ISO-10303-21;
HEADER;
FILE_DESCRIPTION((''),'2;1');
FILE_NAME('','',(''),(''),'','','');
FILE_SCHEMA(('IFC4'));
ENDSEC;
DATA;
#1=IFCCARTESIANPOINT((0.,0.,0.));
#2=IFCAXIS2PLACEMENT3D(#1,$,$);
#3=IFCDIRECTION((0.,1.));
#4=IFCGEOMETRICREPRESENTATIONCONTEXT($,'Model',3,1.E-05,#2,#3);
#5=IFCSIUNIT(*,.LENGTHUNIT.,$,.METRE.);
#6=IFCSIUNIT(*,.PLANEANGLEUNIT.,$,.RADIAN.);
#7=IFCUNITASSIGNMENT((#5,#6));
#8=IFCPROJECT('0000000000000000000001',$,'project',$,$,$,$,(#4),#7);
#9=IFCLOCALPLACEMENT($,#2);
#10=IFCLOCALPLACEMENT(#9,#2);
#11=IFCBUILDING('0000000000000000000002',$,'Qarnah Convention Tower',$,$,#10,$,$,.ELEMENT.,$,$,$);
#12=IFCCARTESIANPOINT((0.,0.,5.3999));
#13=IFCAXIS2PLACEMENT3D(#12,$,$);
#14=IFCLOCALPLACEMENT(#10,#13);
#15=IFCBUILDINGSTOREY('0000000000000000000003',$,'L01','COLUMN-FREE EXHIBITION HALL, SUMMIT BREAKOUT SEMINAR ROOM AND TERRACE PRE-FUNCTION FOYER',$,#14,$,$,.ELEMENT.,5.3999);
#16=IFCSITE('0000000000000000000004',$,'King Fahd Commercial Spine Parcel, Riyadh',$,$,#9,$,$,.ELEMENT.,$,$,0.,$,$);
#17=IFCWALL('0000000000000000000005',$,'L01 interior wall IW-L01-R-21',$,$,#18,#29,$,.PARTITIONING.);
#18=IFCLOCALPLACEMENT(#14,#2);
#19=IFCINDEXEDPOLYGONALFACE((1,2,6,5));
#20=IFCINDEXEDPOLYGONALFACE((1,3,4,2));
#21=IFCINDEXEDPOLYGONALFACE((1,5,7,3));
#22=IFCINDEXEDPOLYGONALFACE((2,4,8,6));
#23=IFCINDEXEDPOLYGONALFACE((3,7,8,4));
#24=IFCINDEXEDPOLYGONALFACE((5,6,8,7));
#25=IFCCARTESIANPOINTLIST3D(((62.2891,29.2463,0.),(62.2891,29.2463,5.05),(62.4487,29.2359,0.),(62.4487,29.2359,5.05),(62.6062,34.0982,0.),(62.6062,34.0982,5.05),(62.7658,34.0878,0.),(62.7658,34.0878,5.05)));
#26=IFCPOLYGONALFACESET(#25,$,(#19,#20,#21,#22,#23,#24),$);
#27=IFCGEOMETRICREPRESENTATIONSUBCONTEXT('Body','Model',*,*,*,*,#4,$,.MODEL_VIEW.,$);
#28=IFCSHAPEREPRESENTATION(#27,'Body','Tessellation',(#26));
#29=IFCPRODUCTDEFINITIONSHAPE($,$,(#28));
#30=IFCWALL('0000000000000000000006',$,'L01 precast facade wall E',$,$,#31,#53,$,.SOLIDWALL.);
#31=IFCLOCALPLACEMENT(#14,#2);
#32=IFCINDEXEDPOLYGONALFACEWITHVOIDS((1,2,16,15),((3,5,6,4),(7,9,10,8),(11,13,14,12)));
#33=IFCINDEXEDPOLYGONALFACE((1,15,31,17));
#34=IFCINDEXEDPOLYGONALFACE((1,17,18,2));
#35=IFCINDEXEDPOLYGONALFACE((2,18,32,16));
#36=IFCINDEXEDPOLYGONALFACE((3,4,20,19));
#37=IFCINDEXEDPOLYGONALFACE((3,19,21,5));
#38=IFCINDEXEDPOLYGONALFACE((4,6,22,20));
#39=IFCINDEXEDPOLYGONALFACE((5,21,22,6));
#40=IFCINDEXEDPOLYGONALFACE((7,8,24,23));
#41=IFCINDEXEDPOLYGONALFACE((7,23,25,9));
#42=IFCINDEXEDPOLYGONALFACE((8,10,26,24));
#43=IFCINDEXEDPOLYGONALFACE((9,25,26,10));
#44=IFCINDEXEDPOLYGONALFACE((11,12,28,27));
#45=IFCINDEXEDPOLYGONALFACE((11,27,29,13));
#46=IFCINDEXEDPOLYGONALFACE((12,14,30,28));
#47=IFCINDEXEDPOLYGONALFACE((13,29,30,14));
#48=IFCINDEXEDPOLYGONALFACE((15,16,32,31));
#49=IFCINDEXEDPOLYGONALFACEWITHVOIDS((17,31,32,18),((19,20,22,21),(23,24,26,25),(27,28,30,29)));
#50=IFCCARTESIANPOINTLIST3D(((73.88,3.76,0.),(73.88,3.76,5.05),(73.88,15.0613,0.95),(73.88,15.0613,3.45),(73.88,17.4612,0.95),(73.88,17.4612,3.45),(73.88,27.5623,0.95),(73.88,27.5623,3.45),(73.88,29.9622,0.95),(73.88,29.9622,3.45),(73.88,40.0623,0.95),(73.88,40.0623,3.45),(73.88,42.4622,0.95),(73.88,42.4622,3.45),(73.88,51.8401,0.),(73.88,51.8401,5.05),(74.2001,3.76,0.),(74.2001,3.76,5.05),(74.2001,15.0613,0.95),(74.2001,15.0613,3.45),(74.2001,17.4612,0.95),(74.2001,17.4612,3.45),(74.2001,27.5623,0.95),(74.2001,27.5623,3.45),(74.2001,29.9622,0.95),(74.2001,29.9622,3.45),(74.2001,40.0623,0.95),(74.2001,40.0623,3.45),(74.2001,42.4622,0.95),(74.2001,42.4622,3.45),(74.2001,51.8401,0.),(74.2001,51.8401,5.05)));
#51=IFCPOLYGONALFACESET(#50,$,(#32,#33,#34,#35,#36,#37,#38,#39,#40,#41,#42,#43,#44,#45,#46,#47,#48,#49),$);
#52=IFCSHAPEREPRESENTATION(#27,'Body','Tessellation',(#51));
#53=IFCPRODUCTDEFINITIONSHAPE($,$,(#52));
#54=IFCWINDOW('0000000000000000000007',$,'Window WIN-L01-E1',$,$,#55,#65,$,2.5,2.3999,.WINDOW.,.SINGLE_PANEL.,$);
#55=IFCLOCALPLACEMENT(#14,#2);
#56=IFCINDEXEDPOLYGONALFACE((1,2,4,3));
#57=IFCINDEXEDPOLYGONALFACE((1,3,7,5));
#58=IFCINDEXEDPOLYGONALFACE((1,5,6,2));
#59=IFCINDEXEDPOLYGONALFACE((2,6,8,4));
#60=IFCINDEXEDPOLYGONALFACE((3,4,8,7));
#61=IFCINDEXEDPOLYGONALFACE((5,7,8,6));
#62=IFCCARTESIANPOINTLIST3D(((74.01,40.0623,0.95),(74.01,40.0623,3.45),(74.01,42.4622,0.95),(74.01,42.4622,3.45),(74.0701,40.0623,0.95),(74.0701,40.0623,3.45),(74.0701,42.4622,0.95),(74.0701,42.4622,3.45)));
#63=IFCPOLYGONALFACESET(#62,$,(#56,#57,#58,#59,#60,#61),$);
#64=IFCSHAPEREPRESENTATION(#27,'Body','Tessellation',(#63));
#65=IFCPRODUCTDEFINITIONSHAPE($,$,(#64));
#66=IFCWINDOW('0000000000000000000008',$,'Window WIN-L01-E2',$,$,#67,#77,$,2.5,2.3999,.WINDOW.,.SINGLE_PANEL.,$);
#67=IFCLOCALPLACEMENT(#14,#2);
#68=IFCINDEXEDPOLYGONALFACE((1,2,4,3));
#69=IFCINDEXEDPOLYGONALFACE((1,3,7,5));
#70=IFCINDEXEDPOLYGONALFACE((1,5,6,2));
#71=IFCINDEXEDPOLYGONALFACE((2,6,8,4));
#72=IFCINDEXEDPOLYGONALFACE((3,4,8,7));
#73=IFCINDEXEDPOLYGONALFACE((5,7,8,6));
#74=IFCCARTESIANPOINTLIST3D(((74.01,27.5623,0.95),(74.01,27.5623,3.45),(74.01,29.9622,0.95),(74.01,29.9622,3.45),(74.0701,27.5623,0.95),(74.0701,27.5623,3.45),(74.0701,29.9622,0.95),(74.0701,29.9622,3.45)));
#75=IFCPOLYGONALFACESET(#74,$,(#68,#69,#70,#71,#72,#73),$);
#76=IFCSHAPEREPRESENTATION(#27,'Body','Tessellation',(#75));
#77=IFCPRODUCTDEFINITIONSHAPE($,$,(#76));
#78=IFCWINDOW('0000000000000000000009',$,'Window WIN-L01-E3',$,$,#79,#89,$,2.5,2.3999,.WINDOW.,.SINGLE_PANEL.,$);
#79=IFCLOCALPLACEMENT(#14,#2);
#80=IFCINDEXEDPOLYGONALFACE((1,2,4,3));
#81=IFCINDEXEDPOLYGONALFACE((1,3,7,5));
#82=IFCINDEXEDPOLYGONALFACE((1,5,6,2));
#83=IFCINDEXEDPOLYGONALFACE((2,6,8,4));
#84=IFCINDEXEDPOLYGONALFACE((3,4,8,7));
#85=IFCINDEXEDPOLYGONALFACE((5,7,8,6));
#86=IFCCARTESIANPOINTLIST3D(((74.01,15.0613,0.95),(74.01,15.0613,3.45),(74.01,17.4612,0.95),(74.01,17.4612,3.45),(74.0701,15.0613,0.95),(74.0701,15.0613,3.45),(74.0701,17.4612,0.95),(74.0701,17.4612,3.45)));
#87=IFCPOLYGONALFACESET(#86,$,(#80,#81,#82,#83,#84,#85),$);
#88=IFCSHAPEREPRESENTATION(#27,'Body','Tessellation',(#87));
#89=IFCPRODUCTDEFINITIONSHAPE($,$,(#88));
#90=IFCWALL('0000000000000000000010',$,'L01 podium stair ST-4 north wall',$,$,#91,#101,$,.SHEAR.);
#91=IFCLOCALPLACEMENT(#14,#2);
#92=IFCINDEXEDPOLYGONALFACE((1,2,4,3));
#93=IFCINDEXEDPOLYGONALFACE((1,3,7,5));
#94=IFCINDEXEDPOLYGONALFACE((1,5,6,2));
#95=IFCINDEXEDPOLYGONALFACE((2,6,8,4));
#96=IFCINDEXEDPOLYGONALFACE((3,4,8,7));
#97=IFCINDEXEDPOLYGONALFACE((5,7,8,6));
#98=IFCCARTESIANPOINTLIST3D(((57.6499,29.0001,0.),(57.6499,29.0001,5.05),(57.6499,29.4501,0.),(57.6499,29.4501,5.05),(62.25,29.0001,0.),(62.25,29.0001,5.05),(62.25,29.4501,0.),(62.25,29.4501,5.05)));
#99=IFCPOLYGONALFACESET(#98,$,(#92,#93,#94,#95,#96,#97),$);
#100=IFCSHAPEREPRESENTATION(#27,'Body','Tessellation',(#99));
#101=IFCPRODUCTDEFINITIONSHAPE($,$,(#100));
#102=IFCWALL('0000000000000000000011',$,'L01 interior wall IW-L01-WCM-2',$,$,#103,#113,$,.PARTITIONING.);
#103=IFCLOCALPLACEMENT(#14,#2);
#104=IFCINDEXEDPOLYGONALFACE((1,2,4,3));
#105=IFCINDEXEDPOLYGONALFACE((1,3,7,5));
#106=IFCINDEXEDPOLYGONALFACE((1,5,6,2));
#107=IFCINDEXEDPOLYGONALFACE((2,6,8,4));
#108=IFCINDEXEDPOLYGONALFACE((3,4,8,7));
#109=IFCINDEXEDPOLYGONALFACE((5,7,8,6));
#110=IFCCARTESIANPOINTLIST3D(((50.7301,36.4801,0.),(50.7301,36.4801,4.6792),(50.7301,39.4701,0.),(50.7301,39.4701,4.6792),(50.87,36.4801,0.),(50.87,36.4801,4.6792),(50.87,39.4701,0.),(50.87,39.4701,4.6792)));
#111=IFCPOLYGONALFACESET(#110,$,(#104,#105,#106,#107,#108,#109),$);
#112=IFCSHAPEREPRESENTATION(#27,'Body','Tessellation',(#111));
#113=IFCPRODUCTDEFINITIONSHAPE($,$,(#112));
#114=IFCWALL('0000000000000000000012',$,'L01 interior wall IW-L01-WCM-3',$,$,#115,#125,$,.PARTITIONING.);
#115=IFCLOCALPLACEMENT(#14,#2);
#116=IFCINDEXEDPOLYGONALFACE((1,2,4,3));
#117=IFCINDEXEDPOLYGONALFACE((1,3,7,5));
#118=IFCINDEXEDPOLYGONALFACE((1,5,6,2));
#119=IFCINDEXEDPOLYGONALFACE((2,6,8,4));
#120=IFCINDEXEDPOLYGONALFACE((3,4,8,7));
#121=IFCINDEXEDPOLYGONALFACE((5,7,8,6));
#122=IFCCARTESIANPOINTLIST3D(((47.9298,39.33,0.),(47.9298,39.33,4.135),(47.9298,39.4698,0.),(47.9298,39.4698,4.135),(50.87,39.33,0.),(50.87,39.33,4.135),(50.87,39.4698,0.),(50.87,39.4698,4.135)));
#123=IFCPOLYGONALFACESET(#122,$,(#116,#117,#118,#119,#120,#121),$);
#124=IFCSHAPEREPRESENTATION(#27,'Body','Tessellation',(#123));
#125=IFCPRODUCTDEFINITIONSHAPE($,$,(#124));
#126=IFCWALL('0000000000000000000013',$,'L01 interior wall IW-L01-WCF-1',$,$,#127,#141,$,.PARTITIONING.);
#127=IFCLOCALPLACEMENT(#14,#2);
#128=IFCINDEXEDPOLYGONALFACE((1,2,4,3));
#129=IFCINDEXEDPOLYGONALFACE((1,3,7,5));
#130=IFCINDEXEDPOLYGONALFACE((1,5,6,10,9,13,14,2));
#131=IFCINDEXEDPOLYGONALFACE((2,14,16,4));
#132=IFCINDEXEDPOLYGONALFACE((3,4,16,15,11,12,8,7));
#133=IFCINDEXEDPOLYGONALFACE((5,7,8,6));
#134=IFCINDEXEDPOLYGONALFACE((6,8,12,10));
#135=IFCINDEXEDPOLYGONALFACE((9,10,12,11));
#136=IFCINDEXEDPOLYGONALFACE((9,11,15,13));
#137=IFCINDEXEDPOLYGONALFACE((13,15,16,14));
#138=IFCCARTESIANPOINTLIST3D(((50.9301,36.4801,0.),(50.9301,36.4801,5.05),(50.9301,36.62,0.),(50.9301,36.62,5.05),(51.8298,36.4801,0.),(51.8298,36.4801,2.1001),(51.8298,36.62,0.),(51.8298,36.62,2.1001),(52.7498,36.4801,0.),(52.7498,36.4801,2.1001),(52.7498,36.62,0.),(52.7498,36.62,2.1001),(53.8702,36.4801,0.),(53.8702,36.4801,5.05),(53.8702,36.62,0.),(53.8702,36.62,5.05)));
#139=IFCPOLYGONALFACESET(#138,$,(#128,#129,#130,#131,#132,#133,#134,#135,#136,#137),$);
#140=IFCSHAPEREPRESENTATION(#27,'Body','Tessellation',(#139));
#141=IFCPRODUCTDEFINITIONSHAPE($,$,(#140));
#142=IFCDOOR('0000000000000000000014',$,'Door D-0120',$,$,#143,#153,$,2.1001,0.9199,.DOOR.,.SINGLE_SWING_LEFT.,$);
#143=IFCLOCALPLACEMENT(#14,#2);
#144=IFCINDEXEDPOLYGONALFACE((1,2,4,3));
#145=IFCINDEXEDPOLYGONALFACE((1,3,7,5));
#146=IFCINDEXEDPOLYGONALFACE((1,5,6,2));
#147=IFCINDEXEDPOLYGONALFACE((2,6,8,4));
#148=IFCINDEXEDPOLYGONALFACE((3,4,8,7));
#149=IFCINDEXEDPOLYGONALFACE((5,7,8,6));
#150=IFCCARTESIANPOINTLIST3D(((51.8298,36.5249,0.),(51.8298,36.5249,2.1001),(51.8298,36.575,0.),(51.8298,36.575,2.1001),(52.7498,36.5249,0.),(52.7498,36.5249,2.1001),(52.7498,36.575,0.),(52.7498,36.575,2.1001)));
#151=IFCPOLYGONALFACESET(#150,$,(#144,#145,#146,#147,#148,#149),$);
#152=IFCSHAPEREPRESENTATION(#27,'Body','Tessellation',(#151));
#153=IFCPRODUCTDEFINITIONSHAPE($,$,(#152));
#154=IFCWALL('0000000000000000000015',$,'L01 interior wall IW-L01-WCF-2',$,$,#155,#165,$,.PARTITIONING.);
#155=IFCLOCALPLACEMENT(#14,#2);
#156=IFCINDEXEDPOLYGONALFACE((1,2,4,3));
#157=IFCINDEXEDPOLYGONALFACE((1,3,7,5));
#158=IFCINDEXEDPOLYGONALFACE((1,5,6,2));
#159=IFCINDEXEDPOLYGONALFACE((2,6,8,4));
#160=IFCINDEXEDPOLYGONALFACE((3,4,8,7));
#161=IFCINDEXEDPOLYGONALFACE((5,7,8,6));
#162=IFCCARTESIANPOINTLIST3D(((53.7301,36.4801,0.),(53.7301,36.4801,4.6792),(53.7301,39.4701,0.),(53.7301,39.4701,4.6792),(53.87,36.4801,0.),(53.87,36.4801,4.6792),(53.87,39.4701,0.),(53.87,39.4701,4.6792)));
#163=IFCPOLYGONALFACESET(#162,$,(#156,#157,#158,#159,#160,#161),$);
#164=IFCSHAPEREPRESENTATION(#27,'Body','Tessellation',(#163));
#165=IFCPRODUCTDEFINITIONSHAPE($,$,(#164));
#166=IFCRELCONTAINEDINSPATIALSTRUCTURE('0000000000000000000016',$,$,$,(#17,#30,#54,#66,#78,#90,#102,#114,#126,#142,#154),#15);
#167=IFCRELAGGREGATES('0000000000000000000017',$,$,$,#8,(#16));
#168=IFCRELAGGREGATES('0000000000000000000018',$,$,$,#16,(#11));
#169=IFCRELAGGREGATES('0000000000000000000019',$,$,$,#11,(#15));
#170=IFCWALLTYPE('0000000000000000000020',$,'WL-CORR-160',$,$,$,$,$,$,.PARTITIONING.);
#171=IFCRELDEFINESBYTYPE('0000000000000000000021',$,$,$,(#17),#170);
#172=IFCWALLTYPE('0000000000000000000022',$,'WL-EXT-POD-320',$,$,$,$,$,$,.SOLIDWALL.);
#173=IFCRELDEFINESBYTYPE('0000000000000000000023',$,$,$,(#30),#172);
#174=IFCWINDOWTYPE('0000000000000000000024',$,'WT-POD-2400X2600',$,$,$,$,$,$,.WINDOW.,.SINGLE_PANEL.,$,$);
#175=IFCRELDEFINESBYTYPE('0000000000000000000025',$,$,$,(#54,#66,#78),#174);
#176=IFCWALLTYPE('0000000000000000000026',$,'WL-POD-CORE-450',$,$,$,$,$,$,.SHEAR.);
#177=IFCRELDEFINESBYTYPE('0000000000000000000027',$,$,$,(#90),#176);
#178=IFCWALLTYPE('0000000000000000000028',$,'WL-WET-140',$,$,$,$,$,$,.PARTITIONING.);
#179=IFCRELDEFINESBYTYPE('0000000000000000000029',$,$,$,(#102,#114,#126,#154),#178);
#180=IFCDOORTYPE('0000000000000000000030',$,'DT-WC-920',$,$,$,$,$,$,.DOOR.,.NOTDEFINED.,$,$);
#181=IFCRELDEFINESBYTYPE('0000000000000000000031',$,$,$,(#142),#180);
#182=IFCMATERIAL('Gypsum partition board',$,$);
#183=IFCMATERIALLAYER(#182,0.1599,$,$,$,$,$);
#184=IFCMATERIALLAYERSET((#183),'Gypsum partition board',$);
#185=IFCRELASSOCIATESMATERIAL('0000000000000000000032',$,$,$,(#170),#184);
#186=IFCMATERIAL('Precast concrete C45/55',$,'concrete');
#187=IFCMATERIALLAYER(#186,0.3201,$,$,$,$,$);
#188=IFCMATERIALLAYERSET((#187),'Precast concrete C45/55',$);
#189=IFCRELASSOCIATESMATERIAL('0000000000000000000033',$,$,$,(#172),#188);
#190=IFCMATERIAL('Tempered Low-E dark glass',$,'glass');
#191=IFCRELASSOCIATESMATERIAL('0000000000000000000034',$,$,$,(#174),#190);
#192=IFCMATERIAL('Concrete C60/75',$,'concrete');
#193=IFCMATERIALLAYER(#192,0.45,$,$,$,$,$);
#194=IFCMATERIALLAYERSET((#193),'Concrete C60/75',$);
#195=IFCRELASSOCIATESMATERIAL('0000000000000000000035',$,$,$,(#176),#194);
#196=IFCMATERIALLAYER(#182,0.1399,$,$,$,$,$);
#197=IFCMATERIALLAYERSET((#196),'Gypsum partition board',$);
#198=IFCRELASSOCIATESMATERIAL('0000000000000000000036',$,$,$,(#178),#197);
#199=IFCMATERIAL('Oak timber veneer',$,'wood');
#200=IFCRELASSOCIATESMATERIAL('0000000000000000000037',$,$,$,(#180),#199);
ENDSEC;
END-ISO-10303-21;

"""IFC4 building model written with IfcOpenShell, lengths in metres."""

from ifc_helpers import new_model, si_unit, direction, frame, frame_2d, origin, place, context, subcontext, project, spatial, rectangle, extrude, material, layer, layer_set, type_object, element, fill, save


model = new_model("IFC4")

# Units and contexts
model_context = context("Model", 3, precision=1e-05, world=origin(), true_north=direction((0.0, 1.0)))
body_context = subcontext(model_context, "Body", "Model", "MODEL_VIEW")
ifc_project = project(units=[si_unit("LENGTHUNIT", "METRE"), si_unit("PLANEANGLEUNIT", "RADIAN")], contexts=[model_context])

# Site, building, storey
site_placement = place(None, origin())
site = spatial("IfcSite", under=ifc_project, at=site_placement, Name="King Fahd Commercial Spine Parcel, Riyadh", CompositionType="ELEMENT", RefElevation=0.0)
building_placement = place(site_placement, origin())
building = spatial("IfcBuilding", under=site, at=building_placement, Name="Qarnah Convention Tower", CompositionType="ELEMENT")
storey_placement = place(building_placement, frame((0.0, 0.0, 5.3999)))
storey = spatial("IfcBuildingStorey", under=building, at=storey_placement, Name="L01", Description="COLUMN-FREE EXHIBITION HALL, SUMMIT BREAKOUT SEMINAR ROOM AND TERRACE PRE-FUNCTION FOYER", CompositionType="ELEMENT", Elevation=5.3999)

# Shared definitions
ifc_material_1 = material(Name="Concrete C60/75", Category="concrete")
ifc_material_2 = material(Name="Precast concrete C45/55", Category="concrete")

# Shared definitions
ifc_material_3 = material(Name="Gypsum partition board")
ifc_layer_1 = layer(ifc_material_3, 0.1599)
ifc_layer_set_1 = layer_set([ifc_layer_1], Name="Gypsum partition board")
wall_type_1 = type_object("IfcWallType", Name="WL-CORR-160", PredefinedType="PARTITIONING", material=ifc_layer_set_1)
ifc_material_4 = material(Name="Oak timber veneer", Category="wood")

# Wall
wall_1_placement = place(storey_placement, frame((62.686, 34.093, 0.0), z_axis=(0.0, 0.0, 1.0), x_axis=(-0.065223, -0.997871, 0.0)))
element("IfcWall", 1, at=wall_1_placement, inside=storey, type_object=wall_type_1, Name="L01 interior wall IW-L01-R-21", PredefinedType="PARTITIONING", context=body_context, shape_type="SweptSolid", body=[
    extrude(rectangle(XDim=4.8623, YDim=0.1599, at=frame_2d((2.4312, 0.0))), origin(), (0.0, 0.0, 1.0), 5.05),
])

# Wall, openings, windows
ifc_layer_2 = layer(ifc_material_2, 0.3201)
ifc_layer_set_2 = layer_set([ifc_layer_2], Name="Precast concrete C45/55")
wall_type_2 = type_object("IfcWallType", Name="WL-EXT-POD-320", PredefinedType="SOLIDWALL", material=ifc_layer_set_2)
wall_2_placement = place(storey_placement, frame((74.04, 51.8401, 0.0), z_axis=(0.0, 0.0, 1.0), x_axis=(0.0, -1.0, 0.0)))
wall_2 = element("IfcWall", 2, at=wall_2_placement, inside=storey, type_object=wall_type_2, Name="L01 precast facade wall E", PredefinedType="SOLIDWALL", context=body_context, shape_type="SweptSolid", body=[
    extrude(rectangle(XDim=48.0801, YDim=0.3201, at=frame_2d((24.04, 0.0))), origin(), (0.0, 0.0, 1.0), 5.05),
])
opening_1_placement = place(wall_2_placement, frame((9.3779, 0.0, 0.95)))
opening_1 = element("IfcOpeningElement", 3, at=opening_1_placement, cuts=wall_2, PredefinedType="OPENING", context=body_context, shape_type="SweptSolid", body=[
    extrude(rectangle(XDim=2.3999, YDim=2.5, at=frame_2d((1.2, 1.25))), frame((0.0, 0.1699, 0.0), z_axis=(0.0, -1.0, 0.0), x_axis=(1.0, 0.0, 0.0)), (0.0, 0.0, 1.0), 0.3401),
])
opening_2_placement = place(wall_2_placement, frame((21.8779, 0.0, 0.95)))
opening_2 = element("IfcOpeningElement", 4, at=opening_2_placement, cuts=wall_2, PredefinedType="OPENING", context=body_context, shape_type="SweptSolid", body=[
    extrude(rectangle(XDim=2.3999, YDim=2.5, at=frame_2d((1.2, 1.25))), frame((0.0, 0.1699, 0.0), z_axis=(0.0, -1.0, 0.0), x_axis=(1.0, 0.0, 0.0)), (0.0, 0.0, 1.0), 0.3401),
])
opening_3_placement = place(wall_2_placement, frame((34.3789, 0.0, 0.95)))
opening_3 = element("IfcOpeningElement", 5, at=opening_3_placement, cuts=wall_2, PredefinedType="OPENING", context=body_context, shape_type="SweptSolid", body=[
    extrude(rectangle(XDim=2.3999, YDim=2.5, at=frame_2d((1.2, 1.25))), frame((0.0, 0.1699, 0.0), z_axis=(0.0, -1.0, 0.0), x_axis=(1.0, 0.0, 0.0)), (0.0, 0.0, 1.0), 0.3401),
])
ifc_material_5 = material(Name="Tempered Low-E dark glass", Category="glass")
window_type = type_object("IfcWindowType", Name="WT-POD-2400X2600", PartitioningType="SINGLE_PANEL", PredefinedType="WINDOW", material=ifc_material_5)
window_1_placement = place(opening_1_placement, origin())
window_1 = element("IfcWindow", 6, at=window_1_placement, inside=storey, type_object=window_type, Name="Window WIN-L01-E1", OverallHeight=2.5, OverallWidth=2.3999, PartitioningType="SINGLE_PANEL", PredefinedType="WINDOW", context=body_context, shape_type="SweptSolid", body=[
    extrude(rectangle(XDim=2.3999, YDim=2.5, at=frame_2d((1.2, 1.25))), frame((0.0, 0.03, 0.0), z_axis=(0.0, -1.0, 0.0), x_axis=(1.0, 0.0, 0.0)), (0.0, 0.0, 1.0), 0.0601),
])
fill(opening_1, window_1)
window_2_placement = place(opening_2_placement, origin())
window_2 = element("IfcWindow", 7, at=window_2_placement, inside=storey, type_object=window_type, Name="Window WIN-L01-E2", OverallHeight=2.5, OverallWidth=2.3999, PartitioningType="SINGLE_PANEL", PredefinedType="WINDOW", context=body_context, shape_type="SweptSolid", body=[
    extrude(rectangle(XDim=2.3999, YDim=2.5, at=frame_2d((1.2, 1.25))), frame((0.0, 0.03, 0.0), z_axis=(0.0, -1.0, 0.0), x_axis=(1.0, 0.0, 0.0)), (0.0, 0.0, 1.0), 0.0601),
])
fill(opening_2, window_2)
window_3_placement = place(opening_3_placement, origin())
window_3 = element("IfcWindow", 8, at=window_3_placement, inside=storey, type_object=window_type, Name="Window WIN-L01-E3", OverallHeight=2.5, OverallWidth=2.3999, PartitioningType="SINGLE_PANEL", PredefinedType="WINDOW", context=body_context, shape_type="SweptSolid", body=[
    extrude(rectangle(XDim=2.3999, YDim=2.5, at=frame_2d((1.2, 1.25))), frame((0.0, 0.03, 0.0), z_axis=(0.0, -1.0, 0.0), x_axis=(1.0, 0.0, 0.0)), (0.0, 0.0, 1.0), 0.0601),
])
fill(opening_3, window_3)

# Walls
ifc_layer_3 = layer(ifc_material_1, 0.45)
ifc_layer_set_3 = layer_set([ifc_layer_3], Name="Concrete C60/75")
wall_type_3 = type_object("IfcWallType", Name="WL-POD-CORE-450", PredefinedType="SHEAR", material=ifc_layer_set_3)
wall_3_placement = place(storey_placement, frame((57.6499, 29.2251, 0.0), z_axis=(0.0, 0.0, 1.0), x_axis=(1.0, 0.0, 0.0)))
element("IfcWall", 9, at=wall_3_placement, inside=storey, type_object=wall_type_3, Name="L01 podium stair ST-4 north wall", PredefinedType="SHEAR", context=body_context, shape_type="SweptSolid", body=[
    extrude(rectangle(XDim=4.6001, YDim=0.45, at=frame_2d((2.3, 0.0))), origin(), (0.0, 0.0, 1.0), 5.05),
])
ifc_layer_4 = layer(ifc_material_3, 0.1399)
ifc_layer_set_4 = layer_set([ifc_layer_4], Name="Gypsum partition board")
wall_type_4 = type_object("IfcWallType", Name="WL-WET-140", PredefinedType="PARTITIONING", material=ifc_layer_set_4)
wall_4_placement = place(storey_placement, frame((50.8, 36.48, 0.0), z_axis=(0.0, 0.0, 1.0), x_axis=(0.0, 1.0, 0.0)))
element("IfcWall", 10, at=wall_4_placement, inside=storey, type_object=wall_type_4, Name="L01 interior wall IW-L01-WCM-2", PredefinedType="PARTITIONING", context=body_context, shape_type="SweptSolid", body=[
    extrude(rectangle(XDim=2.99, YDim=0.1399, at=frame_2d((1.4951, 0.0))), origin(), (0.0, 0.0, 1.0), 4.6792),
])
wall_5_placement = place(storey_placement, frame((50.8701, 39.3999, 0.0), z_axis=(0.0, 0.0, 1.0), x_axis=(-1.0, 0.0, 0.0)))
element("IfcWall", 11, at=wall_5_placement, inside=storey, type_object=wall_type_4, Name="L01 interior wall IW-L01-WCM-3", PredefinedType="PARTITIONING", context=body_context, shape_type="SweptSolid", body=[
    extrude(rectangle(XDim=2.9402, YDim=0.1399, at=frame_2d((1.4702, 0.0))), origin(), (0.0, 0.0, 1.0), 4.135),
])

# Wall, opening, door
wall_6_placement = place(storey_placement, frame((50.9299, 36.55, 0.0), z_axis=(0.0, 0.0, 1.0), x_axis=(1.0, 0.0, 0.0)))
wall_6 = element("IfcWall", 12, at=wall_6_placement, inside=storey, type_object=wall_type_4, Name="L01 interior wall IW-L01-WCF-1", PredefinedType="PARTITIONING", context=body_context, shape_type="SweptSolid", body=[
    extrude(rectangle(XDim=2.9402, YDim=0.1399, at=frame_2d((1.4702, 0.0))), origin(), (0.0, 0.0, 1.0), 5.05),
])
opening_4_placement = place(wall_6_placement, frame((0.8999, 0.0, 0.0)))
opening_4 = element("IfcOpeningElement", 13, at=opening_4_placement, cuts=wall_6, PredefinedType="OPENING", context=body_context, shape_type="SweptSolid", body=[
    extrude(rectangle(XDim=0.9199, YDim=2.1001, at=frame_2d((0.46, 1.05))), frame((0.0, 0.0798, 0.0), z_axis=(0.0, -1.0, 0.0), x_axis=(1.0, 0.0, 0.0)), (0.0, 0.0, 1.0), 0.1599),
])
door_type_1 = type_object("IfcDoorType", Name="DT-WC-920", OperationType="NOTDEFINED", PredefinedType="DOOR", material=ifc_material_4)
door_1_placement = place(opening_4_placement, origin())
door_1 = element("IfcDoor", 14, at=door_1_placement, inside=storey, type_object=door_type_1, Name="Door D-0120", OperationType="SINGLE_SWING_LEFT", OverallHeight=2.1001, OverallWidth=0.9199, PredefinedType="DOOR", context=body_context, shape_type="SweptSolid", body=[
    extrude(rectangle(XDim=0.9199, YDim=2.1001, at=frame_2d((0.46, 1.05))), frame((0.0, 0.0249, 0.0), z_axis=(0.0, -1.0, 0.0), x_axis=(1.0, 0.0, 0.0)), (0.0, 0.0, 1.0), 0.05),
])
fill(opening_4, door_1)

# Wall
wall_7_placement = place(storey_placement, frame((53.8, 36.48, 0.0), z_axis=(0.0, 0.0, 1.0), x_axis=(0.0, 1.0, 0.0)))
element("IfcWall", 15, at=wall_7_placement, inside=storey, type_object=wall_type_4, Name="L01 interior wall IW-L01-WCF-2", PredefinedType="PARTITIONING", context=body_context, shape_type="SweptSolid", body=[
    extrude(rectangle(XDim=2.99, YDim=0.1399, at=frame_2d((1.4951, 0.0))), origin(), (0.0, 0.0, 1.0), 4.6792),
])

save(model, "model.ifc")
